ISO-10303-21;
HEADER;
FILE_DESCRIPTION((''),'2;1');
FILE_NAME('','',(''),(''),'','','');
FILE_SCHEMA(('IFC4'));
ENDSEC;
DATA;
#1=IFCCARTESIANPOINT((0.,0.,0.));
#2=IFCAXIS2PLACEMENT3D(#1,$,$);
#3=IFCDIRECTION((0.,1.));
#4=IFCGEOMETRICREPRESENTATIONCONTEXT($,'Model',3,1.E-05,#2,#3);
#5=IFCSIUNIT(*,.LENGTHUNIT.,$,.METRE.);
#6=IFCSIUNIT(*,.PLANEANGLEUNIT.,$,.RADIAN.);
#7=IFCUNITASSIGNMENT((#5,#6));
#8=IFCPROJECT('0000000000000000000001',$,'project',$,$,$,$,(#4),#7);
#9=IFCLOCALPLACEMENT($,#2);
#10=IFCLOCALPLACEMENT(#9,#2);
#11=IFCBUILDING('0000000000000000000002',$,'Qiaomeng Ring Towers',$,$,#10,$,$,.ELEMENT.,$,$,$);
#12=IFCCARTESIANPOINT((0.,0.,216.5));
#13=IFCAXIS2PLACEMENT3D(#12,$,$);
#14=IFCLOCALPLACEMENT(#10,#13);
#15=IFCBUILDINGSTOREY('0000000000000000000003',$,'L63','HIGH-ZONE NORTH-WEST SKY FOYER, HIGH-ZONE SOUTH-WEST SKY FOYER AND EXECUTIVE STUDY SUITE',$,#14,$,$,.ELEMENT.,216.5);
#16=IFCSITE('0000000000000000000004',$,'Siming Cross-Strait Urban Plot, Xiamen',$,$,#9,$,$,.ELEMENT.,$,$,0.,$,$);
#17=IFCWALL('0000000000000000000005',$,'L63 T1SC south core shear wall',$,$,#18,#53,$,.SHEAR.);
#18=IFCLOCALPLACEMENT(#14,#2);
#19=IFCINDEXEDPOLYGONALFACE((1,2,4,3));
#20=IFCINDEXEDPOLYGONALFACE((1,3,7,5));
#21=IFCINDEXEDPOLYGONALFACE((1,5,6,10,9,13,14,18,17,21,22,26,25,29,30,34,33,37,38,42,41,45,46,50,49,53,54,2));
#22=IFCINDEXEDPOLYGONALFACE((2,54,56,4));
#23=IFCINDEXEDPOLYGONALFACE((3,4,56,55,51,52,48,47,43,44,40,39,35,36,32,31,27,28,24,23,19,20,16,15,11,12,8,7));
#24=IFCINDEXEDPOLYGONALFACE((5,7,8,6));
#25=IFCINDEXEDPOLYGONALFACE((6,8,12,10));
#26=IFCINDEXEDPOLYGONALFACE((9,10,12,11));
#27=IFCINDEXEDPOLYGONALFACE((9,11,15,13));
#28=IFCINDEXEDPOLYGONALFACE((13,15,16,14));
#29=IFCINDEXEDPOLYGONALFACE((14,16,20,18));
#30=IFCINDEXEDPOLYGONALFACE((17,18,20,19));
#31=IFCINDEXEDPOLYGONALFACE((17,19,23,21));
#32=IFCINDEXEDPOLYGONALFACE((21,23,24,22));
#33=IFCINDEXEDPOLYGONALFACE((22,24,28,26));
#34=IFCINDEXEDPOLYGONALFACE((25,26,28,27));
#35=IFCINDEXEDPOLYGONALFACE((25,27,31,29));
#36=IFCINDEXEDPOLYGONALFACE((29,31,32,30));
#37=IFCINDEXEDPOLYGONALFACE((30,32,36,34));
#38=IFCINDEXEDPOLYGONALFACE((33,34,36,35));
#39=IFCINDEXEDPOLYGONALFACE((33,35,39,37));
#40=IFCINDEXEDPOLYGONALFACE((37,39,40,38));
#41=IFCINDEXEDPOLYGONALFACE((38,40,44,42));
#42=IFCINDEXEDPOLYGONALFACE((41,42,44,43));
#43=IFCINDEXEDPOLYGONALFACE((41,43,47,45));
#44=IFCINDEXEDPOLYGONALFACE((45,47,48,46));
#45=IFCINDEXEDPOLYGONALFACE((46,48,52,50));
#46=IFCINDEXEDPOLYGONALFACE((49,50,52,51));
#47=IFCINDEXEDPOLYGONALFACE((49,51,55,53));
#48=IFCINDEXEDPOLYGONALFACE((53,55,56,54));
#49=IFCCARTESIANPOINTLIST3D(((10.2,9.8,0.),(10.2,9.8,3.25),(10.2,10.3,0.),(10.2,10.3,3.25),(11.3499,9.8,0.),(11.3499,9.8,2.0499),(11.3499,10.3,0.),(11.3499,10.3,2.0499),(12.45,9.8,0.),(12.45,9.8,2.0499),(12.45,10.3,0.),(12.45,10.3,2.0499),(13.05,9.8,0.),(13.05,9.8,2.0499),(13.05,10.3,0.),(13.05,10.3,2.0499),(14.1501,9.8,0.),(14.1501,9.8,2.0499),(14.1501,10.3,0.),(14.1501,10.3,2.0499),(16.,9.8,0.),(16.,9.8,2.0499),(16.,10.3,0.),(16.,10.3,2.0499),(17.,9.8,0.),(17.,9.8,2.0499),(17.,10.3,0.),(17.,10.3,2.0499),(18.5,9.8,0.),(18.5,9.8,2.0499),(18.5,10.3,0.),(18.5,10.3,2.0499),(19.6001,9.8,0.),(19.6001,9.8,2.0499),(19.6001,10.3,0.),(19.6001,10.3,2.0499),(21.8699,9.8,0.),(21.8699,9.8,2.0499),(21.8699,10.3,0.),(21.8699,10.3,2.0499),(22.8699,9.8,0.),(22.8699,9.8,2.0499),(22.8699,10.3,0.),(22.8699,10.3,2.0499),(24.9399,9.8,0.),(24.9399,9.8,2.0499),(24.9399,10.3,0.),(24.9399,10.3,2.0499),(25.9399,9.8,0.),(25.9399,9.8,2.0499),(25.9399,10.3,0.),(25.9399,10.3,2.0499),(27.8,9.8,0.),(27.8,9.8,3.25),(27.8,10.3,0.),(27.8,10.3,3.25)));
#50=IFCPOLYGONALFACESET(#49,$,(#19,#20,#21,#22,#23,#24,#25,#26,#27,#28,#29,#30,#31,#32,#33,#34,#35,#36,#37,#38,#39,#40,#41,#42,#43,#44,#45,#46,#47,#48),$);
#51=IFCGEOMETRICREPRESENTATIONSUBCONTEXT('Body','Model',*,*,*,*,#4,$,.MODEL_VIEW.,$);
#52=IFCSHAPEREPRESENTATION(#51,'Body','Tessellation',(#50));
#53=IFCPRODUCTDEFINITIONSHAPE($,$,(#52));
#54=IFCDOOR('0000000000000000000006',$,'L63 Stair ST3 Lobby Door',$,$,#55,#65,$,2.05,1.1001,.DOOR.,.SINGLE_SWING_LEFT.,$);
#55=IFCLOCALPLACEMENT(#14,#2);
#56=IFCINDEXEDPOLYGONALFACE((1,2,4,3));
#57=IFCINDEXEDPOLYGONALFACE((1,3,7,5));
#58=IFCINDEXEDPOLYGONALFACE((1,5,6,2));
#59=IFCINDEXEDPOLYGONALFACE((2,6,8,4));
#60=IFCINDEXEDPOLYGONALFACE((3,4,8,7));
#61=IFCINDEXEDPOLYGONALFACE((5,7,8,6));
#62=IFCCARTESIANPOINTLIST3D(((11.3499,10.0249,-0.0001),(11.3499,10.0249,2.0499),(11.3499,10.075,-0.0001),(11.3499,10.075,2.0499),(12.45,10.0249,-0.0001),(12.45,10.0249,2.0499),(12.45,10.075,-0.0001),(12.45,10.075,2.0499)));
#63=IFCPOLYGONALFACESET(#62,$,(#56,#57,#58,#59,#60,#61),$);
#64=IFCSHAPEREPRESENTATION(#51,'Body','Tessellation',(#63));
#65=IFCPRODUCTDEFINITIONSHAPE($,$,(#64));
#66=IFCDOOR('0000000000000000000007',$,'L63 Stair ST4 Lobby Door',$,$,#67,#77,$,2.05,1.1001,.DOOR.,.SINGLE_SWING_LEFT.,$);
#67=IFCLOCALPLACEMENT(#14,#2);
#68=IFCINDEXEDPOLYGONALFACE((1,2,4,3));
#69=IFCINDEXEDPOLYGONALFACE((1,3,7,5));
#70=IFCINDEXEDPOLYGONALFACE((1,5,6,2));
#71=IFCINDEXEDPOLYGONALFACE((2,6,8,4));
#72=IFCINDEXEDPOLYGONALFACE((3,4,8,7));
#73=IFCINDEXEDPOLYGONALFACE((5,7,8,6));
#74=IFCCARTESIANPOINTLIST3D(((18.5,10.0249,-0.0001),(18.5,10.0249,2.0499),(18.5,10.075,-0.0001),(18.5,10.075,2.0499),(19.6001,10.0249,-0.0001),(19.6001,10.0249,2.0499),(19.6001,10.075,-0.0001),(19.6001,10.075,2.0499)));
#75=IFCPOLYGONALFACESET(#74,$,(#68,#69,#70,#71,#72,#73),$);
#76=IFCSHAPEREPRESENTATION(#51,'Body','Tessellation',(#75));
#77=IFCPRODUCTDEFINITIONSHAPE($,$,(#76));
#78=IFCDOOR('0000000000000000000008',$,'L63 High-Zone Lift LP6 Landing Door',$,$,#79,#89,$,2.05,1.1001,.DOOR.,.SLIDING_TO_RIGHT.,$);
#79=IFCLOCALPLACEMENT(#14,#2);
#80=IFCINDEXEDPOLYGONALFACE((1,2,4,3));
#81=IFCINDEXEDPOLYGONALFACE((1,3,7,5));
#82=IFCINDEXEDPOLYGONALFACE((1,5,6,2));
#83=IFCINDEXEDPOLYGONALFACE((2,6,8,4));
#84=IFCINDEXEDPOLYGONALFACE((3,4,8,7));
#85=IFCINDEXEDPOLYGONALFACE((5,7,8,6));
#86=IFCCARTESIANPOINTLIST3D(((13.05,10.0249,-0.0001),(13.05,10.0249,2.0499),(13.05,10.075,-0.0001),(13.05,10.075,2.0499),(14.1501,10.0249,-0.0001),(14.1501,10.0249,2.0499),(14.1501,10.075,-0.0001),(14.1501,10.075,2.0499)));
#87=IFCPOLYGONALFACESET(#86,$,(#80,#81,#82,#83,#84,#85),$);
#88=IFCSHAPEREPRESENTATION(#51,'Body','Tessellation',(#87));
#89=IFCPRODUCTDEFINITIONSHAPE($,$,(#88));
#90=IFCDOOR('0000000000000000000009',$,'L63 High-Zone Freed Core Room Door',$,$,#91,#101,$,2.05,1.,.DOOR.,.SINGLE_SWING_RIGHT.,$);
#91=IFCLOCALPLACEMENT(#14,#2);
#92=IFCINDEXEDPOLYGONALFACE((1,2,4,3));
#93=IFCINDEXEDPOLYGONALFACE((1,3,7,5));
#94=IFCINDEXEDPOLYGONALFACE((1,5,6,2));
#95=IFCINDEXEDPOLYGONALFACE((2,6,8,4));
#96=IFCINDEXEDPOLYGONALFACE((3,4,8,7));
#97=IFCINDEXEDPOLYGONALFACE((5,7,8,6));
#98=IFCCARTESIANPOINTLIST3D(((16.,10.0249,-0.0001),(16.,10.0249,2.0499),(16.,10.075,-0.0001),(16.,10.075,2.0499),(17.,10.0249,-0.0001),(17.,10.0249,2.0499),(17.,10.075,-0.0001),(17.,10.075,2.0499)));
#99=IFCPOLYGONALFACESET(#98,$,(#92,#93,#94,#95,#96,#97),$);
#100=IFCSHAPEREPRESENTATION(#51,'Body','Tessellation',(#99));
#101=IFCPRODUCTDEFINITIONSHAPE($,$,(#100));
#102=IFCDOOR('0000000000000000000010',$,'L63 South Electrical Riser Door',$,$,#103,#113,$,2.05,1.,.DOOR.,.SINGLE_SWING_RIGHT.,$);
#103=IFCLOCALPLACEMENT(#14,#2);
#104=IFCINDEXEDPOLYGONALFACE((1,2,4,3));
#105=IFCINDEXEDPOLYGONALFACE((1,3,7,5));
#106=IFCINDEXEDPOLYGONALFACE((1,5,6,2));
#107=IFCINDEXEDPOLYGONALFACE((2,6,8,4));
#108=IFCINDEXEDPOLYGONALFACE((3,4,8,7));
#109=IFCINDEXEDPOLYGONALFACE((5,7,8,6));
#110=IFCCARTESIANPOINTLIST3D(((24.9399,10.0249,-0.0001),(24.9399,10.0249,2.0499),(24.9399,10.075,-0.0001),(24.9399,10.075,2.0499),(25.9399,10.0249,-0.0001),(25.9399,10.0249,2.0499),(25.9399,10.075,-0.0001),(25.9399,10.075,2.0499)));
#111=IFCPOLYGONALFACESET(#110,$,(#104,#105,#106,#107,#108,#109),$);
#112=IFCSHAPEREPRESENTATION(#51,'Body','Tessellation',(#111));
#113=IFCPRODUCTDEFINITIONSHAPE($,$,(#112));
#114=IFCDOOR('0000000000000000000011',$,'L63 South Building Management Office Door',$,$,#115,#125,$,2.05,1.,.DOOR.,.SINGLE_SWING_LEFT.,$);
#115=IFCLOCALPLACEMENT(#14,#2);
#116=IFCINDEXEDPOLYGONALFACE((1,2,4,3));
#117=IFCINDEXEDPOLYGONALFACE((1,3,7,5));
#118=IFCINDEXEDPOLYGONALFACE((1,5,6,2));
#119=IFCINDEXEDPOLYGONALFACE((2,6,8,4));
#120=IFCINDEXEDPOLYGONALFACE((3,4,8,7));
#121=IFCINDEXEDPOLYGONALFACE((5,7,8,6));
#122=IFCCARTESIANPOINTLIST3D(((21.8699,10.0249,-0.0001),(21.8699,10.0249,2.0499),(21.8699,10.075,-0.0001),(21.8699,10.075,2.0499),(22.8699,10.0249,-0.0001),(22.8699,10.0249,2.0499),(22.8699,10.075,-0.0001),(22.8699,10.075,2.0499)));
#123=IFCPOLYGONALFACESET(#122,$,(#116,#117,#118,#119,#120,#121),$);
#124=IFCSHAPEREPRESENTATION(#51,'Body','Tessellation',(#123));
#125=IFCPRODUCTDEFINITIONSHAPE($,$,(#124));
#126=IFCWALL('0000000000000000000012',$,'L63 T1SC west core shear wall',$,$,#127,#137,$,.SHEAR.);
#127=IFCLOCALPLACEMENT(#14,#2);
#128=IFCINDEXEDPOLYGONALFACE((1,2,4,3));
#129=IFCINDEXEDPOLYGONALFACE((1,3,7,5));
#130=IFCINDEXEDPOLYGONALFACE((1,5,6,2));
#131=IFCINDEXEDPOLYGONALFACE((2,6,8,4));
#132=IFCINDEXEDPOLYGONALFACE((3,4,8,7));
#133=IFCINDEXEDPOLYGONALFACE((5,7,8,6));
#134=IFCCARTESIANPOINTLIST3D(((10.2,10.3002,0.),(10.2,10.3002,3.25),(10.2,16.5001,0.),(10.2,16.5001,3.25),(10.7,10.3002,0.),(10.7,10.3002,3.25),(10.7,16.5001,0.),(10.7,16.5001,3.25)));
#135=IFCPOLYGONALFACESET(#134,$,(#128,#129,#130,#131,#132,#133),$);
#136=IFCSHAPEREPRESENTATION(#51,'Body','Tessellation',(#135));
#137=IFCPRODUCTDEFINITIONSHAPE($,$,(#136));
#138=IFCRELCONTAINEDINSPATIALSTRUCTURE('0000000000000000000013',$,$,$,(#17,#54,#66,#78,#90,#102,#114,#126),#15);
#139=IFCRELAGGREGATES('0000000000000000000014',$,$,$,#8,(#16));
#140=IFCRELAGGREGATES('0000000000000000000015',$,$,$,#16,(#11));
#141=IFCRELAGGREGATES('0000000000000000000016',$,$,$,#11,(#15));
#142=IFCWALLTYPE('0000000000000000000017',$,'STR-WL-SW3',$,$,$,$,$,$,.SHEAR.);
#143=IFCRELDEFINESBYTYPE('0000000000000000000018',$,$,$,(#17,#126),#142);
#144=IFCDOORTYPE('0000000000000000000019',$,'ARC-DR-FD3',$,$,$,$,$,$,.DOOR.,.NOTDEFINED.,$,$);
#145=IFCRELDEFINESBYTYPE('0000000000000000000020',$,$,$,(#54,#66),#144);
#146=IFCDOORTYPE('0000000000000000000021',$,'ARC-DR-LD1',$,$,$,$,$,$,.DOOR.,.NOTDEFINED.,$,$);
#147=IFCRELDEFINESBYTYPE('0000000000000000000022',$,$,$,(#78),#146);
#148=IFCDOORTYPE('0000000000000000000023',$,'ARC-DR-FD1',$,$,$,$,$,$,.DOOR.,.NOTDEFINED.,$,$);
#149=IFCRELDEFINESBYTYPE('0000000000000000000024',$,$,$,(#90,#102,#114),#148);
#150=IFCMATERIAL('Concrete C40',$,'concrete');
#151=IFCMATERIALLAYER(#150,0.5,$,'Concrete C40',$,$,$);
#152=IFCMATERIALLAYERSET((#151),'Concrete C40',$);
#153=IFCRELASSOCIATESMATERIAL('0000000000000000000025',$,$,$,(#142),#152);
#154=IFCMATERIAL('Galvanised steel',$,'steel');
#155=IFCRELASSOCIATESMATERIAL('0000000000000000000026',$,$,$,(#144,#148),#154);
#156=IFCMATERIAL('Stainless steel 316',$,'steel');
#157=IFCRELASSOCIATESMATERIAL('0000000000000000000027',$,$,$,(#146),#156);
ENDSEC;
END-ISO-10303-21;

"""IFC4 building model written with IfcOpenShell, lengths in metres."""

from ifc_helpers import new_model, si_unit, direction, frame, frame_2d, origin, place, context, subcontext, project, spatial, rectangle, extrude, source, transform, mapped, material, layer, layer_set, type_object, element, fill, save


model = new_model("IFC4")

# Units and contexts
model_context = context("Model", 3, precision=1e-05, world=origin(), true_north=direction((0.0, 1.0)))
body_context = subcontext(model_context, "Body", "Model", "MODEL_VIEW")
ifc_project = project(units=[si_unit("LENGTHUNIT", "METRE"), si_unit("PLANEANGLEUNIT", "RADIAN")], contexts=[model_context])

# Site, building, storey
site_placement = place(None, origin())
site = spatial("IfcSite", under=ifc_project, at=site_placement, Name="Siming Cross-Strait Urban Plot, Xiamen", CompositionType="ELEMENT", RefElevation=0.0)
building_placement = place(site_placement, origin())
building = spatial("IfcBuilding", under=site, at=building_placement, Name="Qiaomeng Ring Towers", CompositionType="ELEMENT")
storey_placement = place(building_placement, frame((0.0, 0.0, 216.5)))
storey = spatial("IfcBuildingStorey", under=building, at=storey_placement, Name="L63", Description="HIGH-ZONE NORTH-WEST SKY FOYER, HIGH-ZONE SOUTH-WEST SKY FOYER AND EXECUTIVE STUDY SUITE", CompositionType="ELEMENT", Elevation=216.5)

# Shared definitions
shared_shape_1 = source(origin(), body_context, "Body", "SweptSolid", [
    extrude(rectangle(XDim=1.0, YDim=2.05, at=frame_2d((0.5, 1.0249))), frame((0.0, 0.0249, 0.0), z_axis=(0.0, -1.0, 0.0), x_axis=(1.0, 0.0, 0.0)), (0.0, 0.0, 1.0), 0.05),
])

# Shared definitions
ifc_material_1 = material(Name="Concrete C40", Category="concrete")

# Wall, openings, doors
ifc_layer_1 = layer(ifc_material_1, 0.5, Name="Concrete C40")
ifc_layer_set_1 = layer_set([ifc_layer_1], Name="Concrete C40")
wall_type_1 = type_object("IfcWallType", Name="STR-WL-SW3", PredefinedType="SHEAR", material=ifc_layer_set_1)
wall_1_placement = place(storey_placement, frame((10.2, 10.05, 0.0), z_axis=(0.0, 0.0, 1.0), x_axis=(1.0, 0.0, 0.0)))
wall_1 = element("IfcWall", 1, at=wall_1_placement, inside=storey, type_object=wall_type_1, Name="L63 T1SC south core shear wall", PredefinedType="SHEAR", context=body_context, shape_type="SweptSolid", body=[
    extrude(rectangle(XDim=17.6001, YDim=0.5, at=frame_2d((8.8, 0.0))), origin(), (0.0, 0.0, 1.0), 3.25),
])
opening_1_placement = place(wall_1_placement, frame((1.1499, 0.0, 0.0)))
opening_1 = element("IfcOpeningElement", 2, at=opening_1_placement, cuts=wall_1, PredefinedType="OPENING", context=body_context, shape_type="SweptSolid", body=[
    extrude(rectangle(XDim=1.1001, YDim=2.05, at=frame_2d((0.55, 1.0249))), frame((0.0, 0.26, 0.0), z_axis=(0.0, -1.0, 0.0), x_axis=(1.0, 0.0, 0.0)), (0.0, 0.0, 1.0), 0.52),
])
opening_2_placement = place(wall_1_placement, frame((8.3, 0.0, 0.0)))
opening_2 = element("IfcOpeningElement", 3, at=opening_2_placement, cuts=wall_1, PredefinedType="OPENING", context=body_context, shape_type="SweptSolid", body=[
    extrude(rectangle(XDim=1.1001, YDim=2.05, at=frame_2d((0.55, 1.0249))), frame((0.0, 0.26, 0.0), z_axis=(0.0, -1.0, 0.0), x_axis=(1.0, 0.0, 0.0)), (0.0, 0.0, 1.0), 0.52),
])
opening_3_placement = place(wall_1_placement, frame((2.8501, 0.0, 0.0)))
opening_3 = element("IfcOpeningElement", 4, at=opening_3_placement, cuts=wall_1, PredefinedType="OPENING", context=body_context, shape_type="SweptSolid", body=[
    extrude(rectangle(XDim=1.1001, YDim=2.05, at=frame_2d((0.55, 1.0249))), frame((0.0, 0.26, 0.0), z_axis=(0.0, -1.0, 0.0), x_axis=(1.0, 0.0, 0.0)), (0.0, 0.0, 1.0), 0.52),
])
opening_4_placement = place(wall_1_placement, frame((5.8, 0.0, 0.0)))
opening_4 = element("IfcOpeningElement", 5, at=opening_4_placement, cuts=wall_1, PredefinedType="OPENING", context=body_context, shape_type="SweptSolid", body=[
    extrude(rectangle(XDim=1.0, YDim=2.05, at=frame_2d((0.5, 1.0249))), frame((0.0, 0.26, 0.0), z_axis=(0.0, -1.0, 0.0), x_axis=(1.0, 0.0, 0.0)), (0.0, 0.0, 1.0), 0.52),
])
opening_5_placement = place(wall_1_placement, frame((14.74, 0.0, 0.0)))
opening_5 = element("IfcOpeningElement", 6, at=opening_5_placement, cuts=wall_1, PredefinedType="OPENING", context=body_context, shape_type="SweptSolid", body=[
    extrude(rectangle(XDim=1.0, YDim=2.05, at=frame_2d((0.5, 1.0249))), frame((0.0, 0.26, 0.0), z_axis=(0.0, -1.0, 0.0), x_axis=(1.0, 0.0, 0.0)), (0.0, 0.0, 1.0), 0.52),
])
opening_6_placement = place(wall_1_placement, frame((11.6699, 0.0, 0.0)))
opening_6 = element("IfcOpeningElement", 7, at=opening_6_placement, cuts=wall_1, PredefinedType="OPENING", context=body_context, shape_type="SweptSolid", body=[
    extrude(rectangle(XDim=1.0, YDim=2.05, at=frame_2d((0.5, 1.0249))), frame((0.0, 0.26, 0.0), z_axis=(0.0, -1.0, 0.0), x_axis=(1.0, 0.0, 0.0)), (0.0, 0.0, 1.0), 0.52),
])
ifc_material_2 = material(Name="Galvanised steel", Category="steel")
door_type_1 = type_object("IfcDoorType", Name="ARC-DR-FD3", OperationType="NOTDEFINED", PredefinedType="DOOR", material=ifc_material_2)
shared_shape_2 = source(origin(), body_context, "Body", "SweptSolid", [
    extrude(rectangle(XDim=1.1001, YDim=2.05, at=frame_2d((0.55, 1.0249))), frame((0.0, 0.0249, 0.0), z_axis=(0.0, -1.0, 0.0), x_axis=(1.0, 0.0, 0.0)), (0.0, 0.0, 1.0), 0.05),
])
door_1_placement = place(opening_1_placement, origin())
door_1 = element("IfcDoor", 8, at=door_1_placement, inside=storey, type_object=door_type_1, Name="L63 Stair ST3 Lobby Door", OperationType="SINGLE_SWING_LEFT", OverallHeight=2.05, OverallWidth=1.1001, PredefinedType="DOOR", context=body_context, shape_type="MappedRepresentation", body=[
    mapped(shared_shape_2, transform((0.0, 0.0, 0.0), x_axis=(1.0, 0.0, 0.0), y_axis=(0.0, 1.0, 0.0), z_axis=(0.0, 0.0, 1.0), scale=1.0)),
])
fill(opening_1, door_1)
door_2_placement = place(opening_2_placement, origin())
door_2 = element("IfcDoor", 9, at=door_2_placement, inside=storey, type_object=door_type_1, Name="L63 Stair ST4 Lobby Door", OperationType="SINGLE_SWING_LEFT", OverallHeight=2.05, OverallWidth=1.1001, PredefinedType="DOOR", context=body_context, shape_type="MappedRepresentation", body=[
    mapped(shared_shape_2, transform((0.0, 0.0, 0.0), x_axis=(1.0, 0.0, 0.0), y_axis=(0.0, 1.0, 0.0), z_axis=(0.0, 0.0, 1.0), scale=1.0)),
])
fill(opening_2, door_2)
ifc_material_3 = material(Name="Stainless steel 316", Category="steel")
door_type_2 = type_object("IfcDoorType", Name="ARC-DR-LD1", OperationType="NOTDEFINED", PredefinedType="DOOR", material=ifc_material_3)
door_3_placement = place(opening_3_placement, origin())
door_3 = element("IfcDoor", 10, at=door_3_placement, inside=storey, type_object=door_type_2, Name="L63 High-Zone Lift LP6 Landing Door", OperationType="SLIDING_TO_RIGHT", OverallHeight=2.05, OverallWidth=1.1001, PredefinedType="DOOR", context=body_context, shape_type="MappedRepresentation", body=[
    mapped(shared_shape_2, transform((0.0, 0.0, 0.0), x_axis=(1.0, 0.0, 0.0), y_axis=(0.0, 1.0, 0.0), z_axis=(0.0, 0.0, 1.0), scale=1.0)),
])
fill(opening_3, door_3)
door_type_3 = type_object("IfcDoorType", Name="ARC-DR-FD1", OperationType="NOTDEFINED", PredefinedType="DOOR", material=ifc_material_2)
door_4_placement = place(opening_4_placement, origin())
door_4 = element("IfcDoor", 11, at=door_4_placement, inside=storey, type_object=door_type_3, Name="L63 High-Zone Freed Core Room Door", OperationType="SINGLE_SWING_RIGHT", OverallHeight=2.05, OverallWidth=1.0, PredefinedType="DOOR", context=body_context, shape_type="MappedRepresentation", body=[
    mapped(shared_shape_1, transform((0.0, 0.0, 0.0), x_axis=(1.0, 0.0, 0.0), y_axis=(0.0, 1.0, 0.0), z_axis=(0.0, 0.0, 1.0), scale=1.0)),
])
fill(opening_4, door_4)
door_5_placement = place(opening_5_placement, origin())
door_5 = element("IfcDoor", 12, at=door_5_placement, inside=storey, type_object=door_type_3, Name="L63 South Electrical Riser Door", OperationType="SINGLE_SWING_RIGHT", OverallHeight=2.05, OverallWidth=1.0, PredefinedType="DOOR", context=body_context, shape_type="MappedRepresentation", body=[
    mapped(shared_shape_1, transform((0.0, 0.0, 0.0), x_axis=(1.0, 0.0, 0.0), y_axis=(0.0, 1.0, 0.0), z_axis=(0.0, 0.0, 1.0), scale=1.0)),
])
fill(opening_5, door_5)
door_6_placement = place(opening_6_placement, origin())
door_6 = element("IfcDoor", 13, at=door_6_placement, inside=storey, type_object=door_type_3, Name="L63 South Building Management Office Door", OperationType="SINGLE_SWING_LEFT", OverallHeight=2.05, OverallWidth=1.0, PredefinedType="DOOR", context=body_context, shape_type="MappedRepresentation", body=[
    mapped(shared_shape_1, transform((0.0, 0.0, 0.0), x_axis=(1.0, 0.0, 0.0), y_axis=(0.0, 1.0, 0.0), z_axis=(0.0, 0.0, 1.0), scale=1.0)),
])
fill(opening_6, door_6)

# Wall
wall_2_placement = place(storey_placement, frame((10.45, 10.3, 0.0), z_axis=(0.0, 0.0, 1.0), x_axis=(0.0, 1.0, 0.0)))
element("IfcWall", 14, at=wall_2_placement, inside=storey, type_object=wall_type_1, Name="L63 T1SC west core shear wall", PredefinedType="SHEAR", context=body_context, shape_type="SweptSolid", body=[
    extrude(rectangle(XDim=6.2, YDim=0.5, at=frame_2d((3.1001, 0.0))), origin(), (0.0, 0.0, 1.0), 3.25),
])

save(model, "model.ifc")
